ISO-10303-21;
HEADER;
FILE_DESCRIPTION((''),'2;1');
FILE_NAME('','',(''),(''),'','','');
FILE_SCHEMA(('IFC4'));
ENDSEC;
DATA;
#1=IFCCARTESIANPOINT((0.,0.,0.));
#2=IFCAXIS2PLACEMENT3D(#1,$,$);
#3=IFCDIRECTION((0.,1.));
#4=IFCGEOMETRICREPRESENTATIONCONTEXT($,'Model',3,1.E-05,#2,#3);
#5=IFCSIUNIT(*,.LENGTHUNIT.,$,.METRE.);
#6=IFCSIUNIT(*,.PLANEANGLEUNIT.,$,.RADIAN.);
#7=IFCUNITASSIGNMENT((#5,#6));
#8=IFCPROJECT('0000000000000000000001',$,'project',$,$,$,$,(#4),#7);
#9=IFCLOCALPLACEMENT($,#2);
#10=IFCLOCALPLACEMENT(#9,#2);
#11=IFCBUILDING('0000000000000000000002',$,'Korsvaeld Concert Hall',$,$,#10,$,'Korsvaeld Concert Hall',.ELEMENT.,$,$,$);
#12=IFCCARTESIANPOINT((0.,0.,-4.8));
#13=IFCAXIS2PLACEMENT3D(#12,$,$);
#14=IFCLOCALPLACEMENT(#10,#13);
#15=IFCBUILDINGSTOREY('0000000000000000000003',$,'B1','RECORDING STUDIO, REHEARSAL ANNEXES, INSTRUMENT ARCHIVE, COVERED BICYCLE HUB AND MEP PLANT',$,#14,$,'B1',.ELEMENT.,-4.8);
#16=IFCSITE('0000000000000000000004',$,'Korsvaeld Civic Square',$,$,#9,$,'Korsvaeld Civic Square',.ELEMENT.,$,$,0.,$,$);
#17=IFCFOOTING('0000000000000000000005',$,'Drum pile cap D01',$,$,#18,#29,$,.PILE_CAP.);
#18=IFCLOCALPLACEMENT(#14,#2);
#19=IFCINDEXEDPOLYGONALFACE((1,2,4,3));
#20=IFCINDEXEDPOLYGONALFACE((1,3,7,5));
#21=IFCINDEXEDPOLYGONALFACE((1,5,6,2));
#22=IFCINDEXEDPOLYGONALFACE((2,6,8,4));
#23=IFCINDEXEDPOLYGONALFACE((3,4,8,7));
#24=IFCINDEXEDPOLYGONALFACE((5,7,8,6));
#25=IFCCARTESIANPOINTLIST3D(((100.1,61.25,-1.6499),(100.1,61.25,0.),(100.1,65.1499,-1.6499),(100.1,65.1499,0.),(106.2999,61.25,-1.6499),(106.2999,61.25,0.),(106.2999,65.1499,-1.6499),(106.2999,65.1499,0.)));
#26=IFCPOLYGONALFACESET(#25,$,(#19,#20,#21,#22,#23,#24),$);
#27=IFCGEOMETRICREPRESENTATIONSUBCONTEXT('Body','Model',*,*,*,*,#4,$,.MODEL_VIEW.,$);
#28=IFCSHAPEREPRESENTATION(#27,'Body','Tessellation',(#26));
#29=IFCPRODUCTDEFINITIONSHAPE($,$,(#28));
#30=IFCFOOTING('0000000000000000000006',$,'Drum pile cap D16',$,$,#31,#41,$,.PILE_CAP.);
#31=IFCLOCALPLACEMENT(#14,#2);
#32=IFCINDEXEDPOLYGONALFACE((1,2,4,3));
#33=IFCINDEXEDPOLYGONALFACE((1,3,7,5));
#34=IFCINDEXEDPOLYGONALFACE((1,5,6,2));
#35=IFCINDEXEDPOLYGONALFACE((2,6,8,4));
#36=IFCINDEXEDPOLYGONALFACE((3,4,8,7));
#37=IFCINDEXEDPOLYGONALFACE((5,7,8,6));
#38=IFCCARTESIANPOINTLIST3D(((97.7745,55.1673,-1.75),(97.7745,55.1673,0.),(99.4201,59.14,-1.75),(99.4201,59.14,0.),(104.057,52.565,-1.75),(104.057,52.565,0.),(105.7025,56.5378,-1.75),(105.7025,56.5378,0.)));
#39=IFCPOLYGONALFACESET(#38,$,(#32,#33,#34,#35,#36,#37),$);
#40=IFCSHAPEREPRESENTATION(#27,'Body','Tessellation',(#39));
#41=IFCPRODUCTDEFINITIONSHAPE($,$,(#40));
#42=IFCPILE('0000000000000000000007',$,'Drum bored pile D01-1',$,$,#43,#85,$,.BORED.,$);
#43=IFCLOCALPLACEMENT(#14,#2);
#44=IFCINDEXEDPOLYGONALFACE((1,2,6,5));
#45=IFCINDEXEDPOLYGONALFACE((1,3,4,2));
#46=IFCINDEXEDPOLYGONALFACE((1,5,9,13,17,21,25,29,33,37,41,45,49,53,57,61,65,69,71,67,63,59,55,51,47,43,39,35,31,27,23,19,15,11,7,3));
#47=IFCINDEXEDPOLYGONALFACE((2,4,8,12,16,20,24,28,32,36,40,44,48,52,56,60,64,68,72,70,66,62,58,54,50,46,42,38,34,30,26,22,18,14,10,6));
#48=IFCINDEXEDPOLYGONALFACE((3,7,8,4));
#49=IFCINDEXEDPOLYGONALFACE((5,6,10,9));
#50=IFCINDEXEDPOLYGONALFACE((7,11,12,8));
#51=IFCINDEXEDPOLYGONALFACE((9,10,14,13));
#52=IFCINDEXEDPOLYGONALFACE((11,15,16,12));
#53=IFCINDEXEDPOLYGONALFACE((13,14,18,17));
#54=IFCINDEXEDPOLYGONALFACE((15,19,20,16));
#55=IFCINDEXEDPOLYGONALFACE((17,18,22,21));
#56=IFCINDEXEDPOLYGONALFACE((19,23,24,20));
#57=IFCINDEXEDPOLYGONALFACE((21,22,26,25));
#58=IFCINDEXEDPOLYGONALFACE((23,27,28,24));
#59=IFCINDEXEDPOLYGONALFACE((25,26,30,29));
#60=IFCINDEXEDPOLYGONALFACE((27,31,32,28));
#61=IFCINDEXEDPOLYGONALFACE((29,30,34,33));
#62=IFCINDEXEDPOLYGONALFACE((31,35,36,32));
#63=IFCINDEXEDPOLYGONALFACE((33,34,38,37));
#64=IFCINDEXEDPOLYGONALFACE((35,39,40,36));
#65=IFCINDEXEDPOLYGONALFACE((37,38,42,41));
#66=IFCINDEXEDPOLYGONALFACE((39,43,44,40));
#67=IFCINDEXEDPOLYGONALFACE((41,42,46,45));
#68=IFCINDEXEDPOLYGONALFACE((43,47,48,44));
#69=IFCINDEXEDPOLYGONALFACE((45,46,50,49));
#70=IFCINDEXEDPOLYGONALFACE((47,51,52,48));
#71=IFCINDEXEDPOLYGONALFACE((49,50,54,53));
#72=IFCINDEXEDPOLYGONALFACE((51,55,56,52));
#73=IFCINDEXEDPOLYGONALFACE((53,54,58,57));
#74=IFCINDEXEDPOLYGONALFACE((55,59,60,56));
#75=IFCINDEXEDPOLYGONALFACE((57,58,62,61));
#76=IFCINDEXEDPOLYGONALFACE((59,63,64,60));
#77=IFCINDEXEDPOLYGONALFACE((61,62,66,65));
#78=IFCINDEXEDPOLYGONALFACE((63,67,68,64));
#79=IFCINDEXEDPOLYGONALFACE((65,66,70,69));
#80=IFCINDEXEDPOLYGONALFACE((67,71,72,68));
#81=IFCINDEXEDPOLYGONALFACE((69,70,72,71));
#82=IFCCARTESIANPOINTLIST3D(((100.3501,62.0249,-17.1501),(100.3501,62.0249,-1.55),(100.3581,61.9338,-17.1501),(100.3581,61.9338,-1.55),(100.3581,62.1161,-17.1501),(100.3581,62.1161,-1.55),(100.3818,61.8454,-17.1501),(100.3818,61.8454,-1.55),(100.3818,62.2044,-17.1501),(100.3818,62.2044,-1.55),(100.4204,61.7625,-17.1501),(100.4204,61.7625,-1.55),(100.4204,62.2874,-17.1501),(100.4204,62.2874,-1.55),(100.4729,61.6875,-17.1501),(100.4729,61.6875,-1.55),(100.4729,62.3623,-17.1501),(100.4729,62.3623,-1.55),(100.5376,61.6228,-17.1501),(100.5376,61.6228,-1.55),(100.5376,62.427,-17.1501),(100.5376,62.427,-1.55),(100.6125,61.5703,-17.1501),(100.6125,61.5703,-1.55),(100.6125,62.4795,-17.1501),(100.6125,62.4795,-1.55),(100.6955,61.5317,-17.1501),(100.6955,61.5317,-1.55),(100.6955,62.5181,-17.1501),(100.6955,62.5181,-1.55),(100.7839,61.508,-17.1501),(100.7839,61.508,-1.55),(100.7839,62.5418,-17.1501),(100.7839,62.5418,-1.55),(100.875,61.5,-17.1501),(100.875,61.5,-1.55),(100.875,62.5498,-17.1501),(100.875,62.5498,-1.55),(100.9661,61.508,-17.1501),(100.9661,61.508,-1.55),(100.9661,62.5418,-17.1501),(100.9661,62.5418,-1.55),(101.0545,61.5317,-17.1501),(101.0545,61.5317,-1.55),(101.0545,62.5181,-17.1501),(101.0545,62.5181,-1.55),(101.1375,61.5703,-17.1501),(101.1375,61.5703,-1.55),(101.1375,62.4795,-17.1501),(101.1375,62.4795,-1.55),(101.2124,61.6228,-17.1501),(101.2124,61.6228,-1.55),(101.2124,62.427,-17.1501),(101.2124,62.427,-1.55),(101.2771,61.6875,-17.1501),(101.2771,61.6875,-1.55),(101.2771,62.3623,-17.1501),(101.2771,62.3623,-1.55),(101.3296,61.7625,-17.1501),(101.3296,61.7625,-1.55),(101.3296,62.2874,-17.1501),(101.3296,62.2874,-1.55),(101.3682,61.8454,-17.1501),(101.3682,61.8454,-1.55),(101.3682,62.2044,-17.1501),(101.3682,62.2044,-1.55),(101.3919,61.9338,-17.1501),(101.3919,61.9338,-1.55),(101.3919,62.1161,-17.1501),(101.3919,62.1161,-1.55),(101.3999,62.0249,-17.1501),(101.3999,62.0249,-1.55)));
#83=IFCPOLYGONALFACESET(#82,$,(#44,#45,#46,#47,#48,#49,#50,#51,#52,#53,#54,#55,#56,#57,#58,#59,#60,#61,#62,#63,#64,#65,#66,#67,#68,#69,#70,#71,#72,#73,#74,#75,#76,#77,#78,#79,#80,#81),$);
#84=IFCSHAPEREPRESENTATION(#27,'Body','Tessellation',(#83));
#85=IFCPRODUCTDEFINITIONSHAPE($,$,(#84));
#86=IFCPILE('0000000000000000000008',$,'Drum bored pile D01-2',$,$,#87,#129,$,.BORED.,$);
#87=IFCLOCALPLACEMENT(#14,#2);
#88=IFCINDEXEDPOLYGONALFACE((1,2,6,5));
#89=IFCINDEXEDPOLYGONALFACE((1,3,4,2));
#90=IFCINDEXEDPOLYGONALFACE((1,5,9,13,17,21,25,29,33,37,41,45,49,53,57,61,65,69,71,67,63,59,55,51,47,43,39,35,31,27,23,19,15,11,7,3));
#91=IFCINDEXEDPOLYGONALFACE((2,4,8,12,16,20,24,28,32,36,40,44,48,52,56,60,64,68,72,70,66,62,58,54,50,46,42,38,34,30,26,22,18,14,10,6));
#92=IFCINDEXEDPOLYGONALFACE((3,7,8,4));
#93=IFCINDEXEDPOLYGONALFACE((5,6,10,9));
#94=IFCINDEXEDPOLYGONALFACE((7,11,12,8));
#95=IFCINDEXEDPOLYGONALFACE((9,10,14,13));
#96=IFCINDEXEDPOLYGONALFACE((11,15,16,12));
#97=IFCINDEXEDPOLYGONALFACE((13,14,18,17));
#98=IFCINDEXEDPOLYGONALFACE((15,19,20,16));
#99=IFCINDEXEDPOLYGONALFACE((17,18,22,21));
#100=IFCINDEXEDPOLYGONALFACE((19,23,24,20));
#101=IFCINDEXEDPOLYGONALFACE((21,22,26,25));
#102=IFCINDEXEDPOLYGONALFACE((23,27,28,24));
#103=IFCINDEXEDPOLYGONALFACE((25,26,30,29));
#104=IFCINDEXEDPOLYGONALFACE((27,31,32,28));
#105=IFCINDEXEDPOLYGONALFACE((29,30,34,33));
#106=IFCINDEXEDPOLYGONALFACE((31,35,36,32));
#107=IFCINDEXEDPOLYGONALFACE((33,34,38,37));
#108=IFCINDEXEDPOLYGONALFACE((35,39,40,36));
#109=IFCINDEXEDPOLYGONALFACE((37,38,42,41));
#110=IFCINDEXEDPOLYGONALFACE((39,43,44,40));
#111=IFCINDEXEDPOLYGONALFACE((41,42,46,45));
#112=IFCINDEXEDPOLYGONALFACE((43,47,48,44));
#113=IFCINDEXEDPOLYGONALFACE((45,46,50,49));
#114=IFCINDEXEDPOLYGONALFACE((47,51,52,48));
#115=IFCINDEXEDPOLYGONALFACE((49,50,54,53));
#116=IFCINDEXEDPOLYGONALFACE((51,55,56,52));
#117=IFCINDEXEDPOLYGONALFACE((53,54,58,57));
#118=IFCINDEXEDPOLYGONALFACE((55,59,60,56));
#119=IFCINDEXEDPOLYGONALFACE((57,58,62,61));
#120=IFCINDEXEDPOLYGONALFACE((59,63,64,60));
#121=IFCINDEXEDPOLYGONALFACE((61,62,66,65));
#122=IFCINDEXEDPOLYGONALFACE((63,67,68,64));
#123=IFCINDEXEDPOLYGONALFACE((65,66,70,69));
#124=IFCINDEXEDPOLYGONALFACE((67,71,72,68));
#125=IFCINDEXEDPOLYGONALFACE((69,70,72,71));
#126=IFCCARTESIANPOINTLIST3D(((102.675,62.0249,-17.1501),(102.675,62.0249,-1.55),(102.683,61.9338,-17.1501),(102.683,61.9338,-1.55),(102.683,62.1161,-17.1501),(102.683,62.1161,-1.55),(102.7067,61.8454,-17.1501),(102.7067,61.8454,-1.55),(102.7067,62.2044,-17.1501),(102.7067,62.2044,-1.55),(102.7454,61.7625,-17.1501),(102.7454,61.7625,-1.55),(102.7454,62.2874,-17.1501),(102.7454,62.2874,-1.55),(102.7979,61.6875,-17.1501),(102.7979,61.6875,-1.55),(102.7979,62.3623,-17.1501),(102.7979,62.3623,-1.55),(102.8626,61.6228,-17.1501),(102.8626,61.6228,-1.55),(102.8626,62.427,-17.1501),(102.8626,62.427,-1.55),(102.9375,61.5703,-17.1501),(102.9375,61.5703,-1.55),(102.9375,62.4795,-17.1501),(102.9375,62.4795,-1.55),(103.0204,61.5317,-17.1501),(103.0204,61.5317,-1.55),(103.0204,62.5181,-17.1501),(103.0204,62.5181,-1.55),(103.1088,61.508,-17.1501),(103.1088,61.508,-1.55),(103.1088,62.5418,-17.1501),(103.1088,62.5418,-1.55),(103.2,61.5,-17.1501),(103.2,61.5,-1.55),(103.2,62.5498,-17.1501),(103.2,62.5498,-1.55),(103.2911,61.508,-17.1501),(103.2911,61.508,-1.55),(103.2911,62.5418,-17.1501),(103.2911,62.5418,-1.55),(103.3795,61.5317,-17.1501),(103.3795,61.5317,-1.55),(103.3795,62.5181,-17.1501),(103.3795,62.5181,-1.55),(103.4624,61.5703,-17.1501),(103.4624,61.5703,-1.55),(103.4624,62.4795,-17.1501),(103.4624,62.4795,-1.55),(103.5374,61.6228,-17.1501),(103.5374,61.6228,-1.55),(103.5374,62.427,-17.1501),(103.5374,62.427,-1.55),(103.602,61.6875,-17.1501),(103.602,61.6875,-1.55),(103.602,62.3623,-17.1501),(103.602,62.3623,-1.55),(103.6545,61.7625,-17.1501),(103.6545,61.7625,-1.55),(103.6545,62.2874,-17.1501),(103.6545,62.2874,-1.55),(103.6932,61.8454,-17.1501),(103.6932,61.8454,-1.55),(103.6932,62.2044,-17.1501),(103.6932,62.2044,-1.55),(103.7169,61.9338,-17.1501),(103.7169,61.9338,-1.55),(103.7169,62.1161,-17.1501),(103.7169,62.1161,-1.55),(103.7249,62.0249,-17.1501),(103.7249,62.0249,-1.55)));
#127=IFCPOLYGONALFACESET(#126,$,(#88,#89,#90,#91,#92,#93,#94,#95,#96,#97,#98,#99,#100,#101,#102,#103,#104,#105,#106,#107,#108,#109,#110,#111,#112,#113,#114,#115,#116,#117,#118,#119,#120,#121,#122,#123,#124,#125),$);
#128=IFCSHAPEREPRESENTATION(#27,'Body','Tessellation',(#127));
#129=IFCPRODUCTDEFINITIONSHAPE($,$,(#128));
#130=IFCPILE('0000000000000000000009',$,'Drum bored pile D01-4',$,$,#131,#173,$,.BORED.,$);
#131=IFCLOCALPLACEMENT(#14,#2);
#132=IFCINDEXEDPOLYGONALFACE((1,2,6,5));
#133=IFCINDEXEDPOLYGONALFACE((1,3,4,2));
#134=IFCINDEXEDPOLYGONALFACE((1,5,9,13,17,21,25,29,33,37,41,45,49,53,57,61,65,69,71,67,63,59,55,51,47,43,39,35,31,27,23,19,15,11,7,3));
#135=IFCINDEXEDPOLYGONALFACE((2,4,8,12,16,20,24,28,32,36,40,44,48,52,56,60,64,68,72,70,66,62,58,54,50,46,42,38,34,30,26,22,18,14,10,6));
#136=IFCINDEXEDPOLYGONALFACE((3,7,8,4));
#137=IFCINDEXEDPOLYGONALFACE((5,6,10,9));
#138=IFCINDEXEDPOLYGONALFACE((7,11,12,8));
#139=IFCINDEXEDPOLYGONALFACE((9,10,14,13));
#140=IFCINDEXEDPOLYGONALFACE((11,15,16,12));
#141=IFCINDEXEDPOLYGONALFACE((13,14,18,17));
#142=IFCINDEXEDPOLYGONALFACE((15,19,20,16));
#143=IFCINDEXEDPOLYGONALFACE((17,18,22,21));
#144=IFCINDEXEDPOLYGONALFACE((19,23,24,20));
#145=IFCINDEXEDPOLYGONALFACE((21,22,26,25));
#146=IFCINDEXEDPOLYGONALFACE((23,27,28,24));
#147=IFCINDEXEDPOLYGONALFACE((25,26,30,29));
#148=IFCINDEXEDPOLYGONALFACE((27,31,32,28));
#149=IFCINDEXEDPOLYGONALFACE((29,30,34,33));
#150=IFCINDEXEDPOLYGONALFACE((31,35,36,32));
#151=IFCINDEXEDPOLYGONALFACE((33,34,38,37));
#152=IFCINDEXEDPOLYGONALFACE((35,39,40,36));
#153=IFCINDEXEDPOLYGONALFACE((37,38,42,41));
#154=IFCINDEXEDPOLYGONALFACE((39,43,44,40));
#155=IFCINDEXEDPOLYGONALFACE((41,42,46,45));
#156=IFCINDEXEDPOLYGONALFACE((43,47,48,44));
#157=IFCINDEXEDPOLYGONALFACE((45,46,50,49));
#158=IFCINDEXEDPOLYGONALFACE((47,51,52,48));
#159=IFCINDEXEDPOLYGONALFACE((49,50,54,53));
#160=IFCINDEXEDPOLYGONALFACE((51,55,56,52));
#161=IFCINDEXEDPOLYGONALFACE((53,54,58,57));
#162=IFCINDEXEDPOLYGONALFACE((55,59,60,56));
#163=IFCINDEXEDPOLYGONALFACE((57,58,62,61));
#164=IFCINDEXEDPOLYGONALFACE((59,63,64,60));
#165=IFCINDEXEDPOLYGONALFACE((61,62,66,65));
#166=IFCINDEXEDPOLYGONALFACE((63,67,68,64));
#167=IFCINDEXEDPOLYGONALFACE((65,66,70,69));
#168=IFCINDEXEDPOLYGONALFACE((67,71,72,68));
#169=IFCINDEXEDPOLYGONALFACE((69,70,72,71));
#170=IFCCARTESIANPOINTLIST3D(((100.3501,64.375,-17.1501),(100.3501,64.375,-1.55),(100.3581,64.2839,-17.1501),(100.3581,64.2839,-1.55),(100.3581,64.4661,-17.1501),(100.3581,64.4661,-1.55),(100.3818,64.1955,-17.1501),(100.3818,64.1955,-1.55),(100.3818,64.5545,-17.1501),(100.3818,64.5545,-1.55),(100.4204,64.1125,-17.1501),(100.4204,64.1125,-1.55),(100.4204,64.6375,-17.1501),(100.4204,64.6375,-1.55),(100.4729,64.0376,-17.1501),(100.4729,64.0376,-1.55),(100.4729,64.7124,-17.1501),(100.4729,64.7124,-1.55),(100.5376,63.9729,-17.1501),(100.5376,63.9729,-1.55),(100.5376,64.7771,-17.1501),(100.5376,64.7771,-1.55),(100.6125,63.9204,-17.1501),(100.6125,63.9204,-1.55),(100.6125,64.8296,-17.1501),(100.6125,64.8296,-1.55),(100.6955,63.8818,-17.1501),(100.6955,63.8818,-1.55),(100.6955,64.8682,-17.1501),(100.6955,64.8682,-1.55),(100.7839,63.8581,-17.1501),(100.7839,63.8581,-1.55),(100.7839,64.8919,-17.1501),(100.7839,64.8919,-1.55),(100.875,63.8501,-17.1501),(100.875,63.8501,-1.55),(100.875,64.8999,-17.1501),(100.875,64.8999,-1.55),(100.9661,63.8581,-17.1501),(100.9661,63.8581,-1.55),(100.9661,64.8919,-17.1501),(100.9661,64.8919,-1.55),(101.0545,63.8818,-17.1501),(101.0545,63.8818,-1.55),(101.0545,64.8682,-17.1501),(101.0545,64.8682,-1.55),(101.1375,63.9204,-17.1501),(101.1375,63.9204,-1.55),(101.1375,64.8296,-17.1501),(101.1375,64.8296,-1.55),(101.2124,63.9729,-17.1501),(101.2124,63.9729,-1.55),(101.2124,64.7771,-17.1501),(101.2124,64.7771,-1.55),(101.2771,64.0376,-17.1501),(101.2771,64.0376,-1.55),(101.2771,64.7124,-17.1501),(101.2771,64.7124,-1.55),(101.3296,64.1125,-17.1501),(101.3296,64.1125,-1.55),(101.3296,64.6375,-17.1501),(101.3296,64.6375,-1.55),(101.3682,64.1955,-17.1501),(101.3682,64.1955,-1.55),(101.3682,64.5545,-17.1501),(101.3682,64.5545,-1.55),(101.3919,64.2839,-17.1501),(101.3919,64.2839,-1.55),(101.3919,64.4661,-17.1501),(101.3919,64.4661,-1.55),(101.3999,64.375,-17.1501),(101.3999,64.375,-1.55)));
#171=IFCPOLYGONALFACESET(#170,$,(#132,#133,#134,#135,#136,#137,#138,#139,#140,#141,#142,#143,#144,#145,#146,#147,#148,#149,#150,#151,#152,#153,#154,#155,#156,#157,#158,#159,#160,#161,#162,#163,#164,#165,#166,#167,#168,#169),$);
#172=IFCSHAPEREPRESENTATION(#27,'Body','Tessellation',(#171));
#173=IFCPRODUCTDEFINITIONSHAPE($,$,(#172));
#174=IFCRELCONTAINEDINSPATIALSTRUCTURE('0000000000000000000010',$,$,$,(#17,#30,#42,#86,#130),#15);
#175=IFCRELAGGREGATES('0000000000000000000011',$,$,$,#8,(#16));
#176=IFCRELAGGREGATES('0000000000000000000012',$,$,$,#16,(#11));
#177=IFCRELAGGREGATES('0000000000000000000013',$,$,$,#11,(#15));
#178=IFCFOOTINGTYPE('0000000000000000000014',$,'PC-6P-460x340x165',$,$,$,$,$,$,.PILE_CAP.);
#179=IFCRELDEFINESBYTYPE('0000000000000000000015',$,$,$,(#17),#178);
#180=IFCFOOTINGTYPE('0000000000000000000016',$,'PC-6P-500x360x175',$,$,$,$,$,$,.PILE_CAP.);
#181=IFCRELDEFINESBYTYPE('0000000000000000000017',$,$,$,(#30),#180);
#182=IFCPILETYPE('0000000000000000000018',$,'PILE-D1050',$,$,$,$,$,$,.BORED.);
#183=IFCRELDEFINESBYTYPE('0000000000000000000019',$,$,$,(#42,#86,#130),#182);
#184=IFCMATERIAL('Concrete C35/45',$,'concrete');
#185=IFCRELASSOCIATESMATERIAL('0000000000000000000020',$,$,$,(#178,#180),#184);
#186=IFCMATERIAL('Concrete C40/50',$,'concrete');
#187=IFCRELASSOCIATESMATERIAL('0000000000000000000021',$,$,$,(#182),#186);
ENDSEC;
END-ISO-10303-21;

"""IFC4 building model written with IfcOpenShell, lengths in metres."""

from ifc_helpers import new_model, si_unit, direction, frame, origin, origin_2d, place, context, subcontext, project, spatial, rectangle, circle, extrude, material, material_profile, profile_set, type_object, element, save


model = new_model("IFC4")

# Units and contexts
model_context = context("Model", 3, precision=1e-05, world=origin(), true_north=direction((0.0, 1.0)))
body_context = subcontext(model_context, "Body", "Model", "MODEL_VIEW")
ifc_project = project(units=[si_unit("LENGTHUNIT", "METRE"), si_unit("PLANEANGLEUNIT", "RADIAN")], contexts=[model_context])

# Site, building, storey
site_placement = place(None, origin())
site = spatial("IfcSite", under=ifc_project, at=site_placement, Name="Korsvaeld Civic Square", LongName="Korsvaeld Civic Square", CompositionType="ELEMENT", RefElevation=0.0)
building_placement = place(site_placement, origin())
building = spatial("IfcBuilding", under=site, at=building_placement, Name="Korsvaeld Concert Hall", LongName="Korsvaeld Concert Hall", CompositionType="ELEMENT")
storey_placement = place(building_placement, frame((0.0, 0.0, -4.8)))
storey = spatial("IfcBuildingStorey", under=building, at=storey_placement, Name="B1", Description="RECORDING STUDIO, REHEARSAL ANNEXES, INSTRUMENT ARCHIVE, COVERED BICYCLE HUB AND MEP PLANT", LongName="B1", CompositionType="ELEMENT", Elevation=-4.8)

# Footings
ifc_material_1 = material(Name="Concrete C35/45", Category="concrete")
footing_type_1 = type_object("IfcFootingType", Name="PC-6P-460x340x165", PredefinedType="PILE_CAP", material=ifc_material_1)
footing_1_placement = place(storey_placement, frame((103.2, 63.2, -1.6499), z_axis=(0.0, 0.0, 1.0), x_axis=(1.0, 0.0, 0.0)))
element("IfcFooting", 1, at=footing_1_placement, inside=storey, type_object=footing_type_1, Name="Drum pile cap D01", PredefinedType="PILE_CAP", context=body_context, shape_type="SweptSolid", body=[
    extrude(rectangle(XDim=6.2, YDim=3.8999, at=origin_2d()), origin(), (0.0, 0.0, 1.0), 1.6499),
])
footing_type_2 = type_object("IfcFootingType", Name="PC-6P-500x360x175", PredefinedType="PILE_CAP", material=ifc_material_1)
footing_2_placement = place(storey_placement, frame((101.7385, 55.8525, -1.75), z_axis=(0.0, 0.0, 1.0), x_axis=(0.92388, -0.382683, 0.0)))
element("IfcFooting", 2, at=footing_2_placement, inside=storey, type_object=footing_type_2, Name="Drum pile cap D16", PredefinedType="PILE_CAP", context=body_context, shape_type="SweptSolid", body=[
    extrude(rectangle(XDim=6.8, YDim=4.3, at=origin_2d()), origin(), (0.0, 0.0, 1.0), 1.75),
])

# Piles
ifc_material_2 = material(Name="Concrete C40/50", Category="concrete")
ifc_material_profile_1 = material_profile(ifc_material_2, circle(Radius=0.5249, at=origin_2d()), Name="BORED PILE D1050")
ifc_profile_set_1 = profile_set([ifc_material_profile_1], Name="Concrete C40/50")
pile_type_1 = type_object("IfcPileType", Name="PILE-D1050", PredefinedType="BORED", material=ifc_profile_set_1)
for number, where, z_axis, x_axis, name in (
    (3, (100.875, 62.0249, -1.55), (0.0, 0.0, -1.0), (1.0, 0.0, 0.0), "Drum bored pile D01-1"),
    (4, (103.2, 62.0249, -1.55), (0.0, 0.0, -1.0), (1.0, 0.0, 0.0), "Drum bored pile D01-2"),
    (5, (100.875, 64.375, -1.55), (0.0, 0.0, -1.0), (1.0, 0.0, 0.0), "Drum bored pile D01-4"),
):
    element("IfcPile", number, at=place(storey_placement, frame(where, z_axis=z_axis, x_axis=x_axis)), inside=storey, type_object=pile_type_1, Name=name, PredefinedType="BORED", context=body_context, shape_type="SweptSolid", body=[
        extrude(circle(Radius=0.5249, at=origin_2d()), origin(), (0.0, 0.0, 1.0), 15.6001),
    ])

save(model, "model.ifc")
